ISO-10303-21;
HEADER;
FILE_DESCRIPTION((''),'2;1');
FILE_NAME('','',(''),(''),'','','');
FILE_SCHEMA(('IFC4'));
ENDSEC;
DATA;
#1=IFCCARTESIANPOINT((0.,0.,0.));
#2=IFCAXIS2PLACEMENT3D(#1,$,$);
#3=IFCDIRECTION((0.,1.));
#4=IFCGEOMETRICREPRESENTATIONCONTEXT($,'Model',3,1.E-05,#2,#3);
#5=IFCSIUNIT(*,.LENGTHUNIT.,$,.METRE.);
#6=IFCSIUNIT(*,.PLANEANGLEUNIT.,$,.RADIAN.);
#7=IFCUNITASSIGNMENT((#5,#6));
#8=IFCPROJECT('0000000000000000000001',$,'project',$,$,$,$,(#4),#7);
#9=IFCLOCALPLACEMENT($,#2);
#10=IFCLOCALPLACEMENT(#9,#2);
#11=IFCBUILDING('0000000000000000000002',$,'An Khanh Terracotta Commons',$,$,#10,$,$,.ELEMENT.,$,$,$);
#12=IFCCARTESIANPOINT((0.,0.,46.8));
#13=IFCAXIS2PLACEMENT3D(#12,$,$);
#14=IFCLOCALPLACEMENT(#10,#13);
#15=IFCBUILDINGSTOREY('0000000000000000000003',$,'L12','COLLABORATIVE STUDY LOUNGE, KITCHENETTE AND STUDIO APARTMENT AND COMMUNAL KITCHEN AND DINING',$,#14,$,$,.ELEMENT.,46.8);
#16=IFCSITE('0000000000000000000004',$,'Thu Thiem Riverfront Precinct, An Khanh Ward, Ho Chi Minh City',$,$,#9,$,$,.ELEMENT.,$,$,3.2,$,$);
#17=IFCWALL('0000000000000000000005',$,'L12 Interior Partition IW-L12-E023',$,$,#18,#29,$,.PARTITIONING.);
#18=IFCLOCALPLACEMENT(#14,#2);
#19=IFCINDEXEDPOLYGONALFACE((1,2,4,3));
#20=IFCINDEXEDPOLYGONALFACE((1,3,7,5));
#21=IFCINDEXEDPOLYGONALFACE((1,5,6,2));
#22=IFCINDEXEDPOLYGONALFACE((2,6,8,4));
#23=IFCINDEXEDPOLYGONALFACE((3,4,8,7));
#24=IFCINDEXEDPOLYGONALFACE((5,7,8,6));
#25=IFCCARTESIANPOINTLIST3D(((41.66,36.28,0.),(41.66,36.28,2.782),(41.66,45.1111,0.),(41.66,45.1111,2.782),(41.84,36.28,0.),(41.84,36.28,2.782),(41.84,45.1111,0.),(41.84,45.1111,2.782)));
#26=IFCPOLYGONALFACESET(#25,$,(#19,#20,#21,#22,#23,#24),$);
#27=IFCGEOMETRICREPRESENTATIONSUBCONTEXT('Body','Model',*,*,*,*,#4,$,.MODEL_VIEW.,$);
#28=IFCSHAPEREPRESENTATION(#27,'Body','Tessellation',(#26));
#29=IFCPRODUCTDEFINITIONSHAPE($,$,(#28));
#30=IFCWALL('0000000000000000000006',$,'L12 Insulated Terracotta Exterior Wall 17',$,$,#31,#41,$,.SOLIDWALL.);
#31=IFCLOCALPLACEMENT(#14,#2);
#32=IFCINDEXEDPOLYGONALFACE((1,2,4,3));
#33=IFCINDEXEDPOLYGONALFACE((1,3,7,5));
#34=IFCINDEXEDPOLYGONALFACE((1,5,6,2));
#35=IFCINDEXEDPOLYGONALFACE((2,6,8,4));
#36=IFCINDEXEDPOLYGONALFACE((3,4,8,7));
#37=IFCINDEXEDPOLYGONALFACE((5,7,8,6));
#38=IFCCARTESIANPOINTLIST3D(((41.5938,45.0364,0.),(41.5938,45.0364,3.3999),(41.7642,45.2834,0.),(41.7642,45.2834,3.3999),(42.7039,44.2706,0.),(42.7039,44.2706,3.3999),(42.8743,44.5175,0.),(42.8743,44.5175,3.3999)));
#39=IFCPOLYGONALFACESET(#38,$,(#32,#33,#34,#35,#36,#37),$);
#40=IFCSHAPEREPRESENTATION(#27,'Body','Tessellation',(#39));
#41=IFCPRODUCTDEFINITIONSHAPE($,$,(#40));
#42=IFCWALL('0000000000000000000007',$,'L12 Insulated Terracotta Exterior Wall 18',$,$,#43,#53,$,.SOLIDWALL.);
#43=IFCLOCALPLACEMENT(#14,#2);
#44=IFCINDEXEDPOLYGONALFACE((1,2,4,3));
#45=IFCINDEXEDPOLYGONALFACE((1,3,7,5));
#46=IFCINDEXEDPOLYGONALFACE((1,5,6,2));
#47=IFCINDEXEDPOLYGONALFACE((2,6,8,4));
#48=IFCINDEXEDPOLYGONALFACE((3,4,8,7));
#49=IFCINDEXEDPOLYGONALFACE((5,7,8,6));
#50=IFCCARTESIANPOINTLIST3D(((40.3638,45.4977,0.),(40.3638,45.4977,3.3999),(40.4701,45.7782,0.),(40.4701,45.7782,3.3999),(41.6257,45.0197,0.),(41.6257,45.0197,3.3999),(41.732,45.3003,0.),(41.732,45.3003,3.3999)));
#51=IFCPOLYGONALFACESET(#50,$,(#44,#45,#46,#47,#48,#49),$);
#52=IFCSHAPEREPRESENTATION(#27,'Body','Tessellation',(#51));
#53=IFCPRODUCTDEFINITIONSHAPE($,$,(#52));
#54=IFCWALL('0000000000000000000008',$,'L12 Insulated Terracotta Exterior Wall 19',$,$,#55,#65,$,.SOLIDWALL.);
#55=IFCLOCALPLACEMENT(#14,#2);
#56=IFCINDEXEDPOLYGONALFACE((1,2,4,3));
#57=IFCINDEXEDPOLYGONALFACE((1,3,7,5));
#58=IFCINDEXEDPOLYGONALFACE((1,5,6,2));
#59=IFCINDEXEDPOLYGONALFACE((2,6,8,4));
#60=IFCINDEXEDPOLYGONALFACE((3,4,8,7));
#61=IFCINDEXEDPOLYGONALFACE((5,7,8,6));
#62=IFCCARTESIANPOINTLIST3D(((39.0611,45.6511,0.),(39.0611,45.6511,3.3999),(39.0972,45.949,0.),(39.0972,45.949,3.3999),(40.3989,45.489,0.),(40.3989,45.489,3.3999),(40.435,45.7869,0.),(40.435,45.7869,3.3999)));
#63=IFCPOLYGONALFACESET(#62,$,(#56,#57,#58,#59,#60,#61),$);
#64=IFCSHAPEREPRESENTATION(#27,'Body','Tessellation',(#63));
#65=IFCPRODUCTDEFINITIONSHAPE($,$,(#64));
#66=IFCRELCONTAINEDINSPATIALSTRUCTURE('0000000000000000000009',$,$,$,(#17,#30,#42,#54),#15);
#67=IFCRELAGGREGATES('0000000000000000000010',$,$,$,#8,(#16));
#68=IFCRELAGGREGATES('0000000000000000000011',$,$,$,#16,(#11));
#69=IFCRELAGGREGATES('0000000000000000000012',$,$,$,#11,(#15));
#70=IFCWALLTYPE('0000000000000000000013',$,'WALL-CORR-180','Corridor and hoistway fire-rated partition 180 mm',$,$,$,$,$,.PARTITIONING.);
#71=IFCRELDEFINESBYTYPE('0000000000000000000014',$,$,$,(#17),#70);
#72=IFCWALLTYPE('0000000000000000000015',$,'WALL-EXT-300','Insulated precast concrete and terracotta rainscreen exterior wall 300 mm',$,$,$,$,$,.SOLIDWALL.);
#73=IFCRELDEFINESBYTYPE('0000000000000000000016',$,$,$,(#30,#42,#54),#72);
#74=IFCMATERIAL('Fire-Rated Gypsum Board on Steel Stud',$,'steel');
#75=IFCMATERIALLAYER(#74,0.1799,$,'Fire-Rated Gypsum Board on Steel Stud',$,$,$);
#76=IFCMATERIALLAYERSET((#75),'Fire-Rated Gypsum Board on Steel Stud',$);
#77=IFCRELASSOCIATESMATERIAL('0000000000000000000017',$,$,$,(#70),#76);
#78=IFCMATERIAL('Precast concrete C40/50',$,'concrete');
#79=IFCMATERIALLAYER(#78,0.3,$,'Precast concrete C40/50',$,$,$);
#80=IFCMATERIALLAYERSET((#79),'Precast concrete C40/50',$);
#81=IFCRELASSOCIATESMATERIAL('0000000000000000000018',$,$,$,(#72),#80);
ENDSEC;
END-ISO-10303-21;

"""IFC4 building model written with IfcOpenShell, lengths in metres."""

from ifc_helpers import new_model, si_unit, direction, frame, frame_2d, origin, place, context, subcontext, project, spatial, rectangle, extrude, material, layer, layer_set, type_object, element, save


model = new_model("IFC4")

# Units and contexts
model_context = context("Model", 3, precision=1e-05, world=origin(), true_north=direction((0.0, 1.0)))
body_context = subcontext(model_context, "Body", "Model", "MODEL_VIEW")
ifc_project = project(units=[si_unit("LENGTHUNIT", "METRE"), si_unit("PLANEANGLEUNIT", "RADIAN")], contexts=[model_context])

# Site, building, storey
site_placement = place(None, origin())
site = spatial("IfcSite", under=ifc_project, at=site_placement, Name="Thu Thiem Riverfront Precinct, An Khanh Ward, Ho Chi Minh City", CompositionType="ELEMENT", RefElevation=3.2)
building_placement = place(site_placement, origin())
building = spatial("IfcBuilding", under=site, at=building_placement, Name="An Khanh Terracotta Commons", CompositionType="ELEMENT")
storey_placement = place(building_placement, frame((0.0, 0.0, 46.8)))
storey = spatial("IfcBuildingStorey", under=building, at=storey_placement, Name="L12", Description="COLLABORATIVE STUDY LOUNGE, KITCHENETTE AND STUDIO APARTMENT AND COMMUNAL KITCHEN AND DINING", CompositionType="ELEMENT", Elevation=46.8)

# Shared definitions
ifc_material_1 = material(Name="Fire-Rated Gypsum Board on Steel Stud", Category="steel")
ifc_layer_1 = layer(ifc_material_1, 0.1799, Name="Fire-Rated Gypsum Board on Steel Stud")
ifc_layer_set_1 = layer_set([ifc_layer_1], Name="Fire-Rated Gypsum Board on Steel Stud")
wall_type_1 = type_object("IfcWallType", Name="WALL-CORR-180", Description="Corridor and hoistway fire-rated partition 180 mm", PredefinedType="PARTITIONING", material=ifc_layer_set_1)

# Walls
wall_1_placement = place(storey_placement, frame((41.75, 36.28, 0.0), z_axis=(0.0, 0.0, 1.0), x_axis=(0.0, 1.0, 0.0)))
element("IfcWall", 1, at=wall_1_placement, inside=storey, type_object=wall_type_1, Name="L12 Interior Partition IW-L12-E023", PredefinedType="PARTITIONING", context=body_context, shape_type="SweptSolid", body=[
    extrude(rectangle(XDim=8.8311, YDim=0.1799, at=frame_2d((4.4155, 0.0))), origin(), (0.0, 0.0, 1.0), 2.782),
])
ifc_material_2 = material(Name="Precast concrete C40/50", Category="concrete")
ifc_layer_2 = layer(ifc_material_2, 0.3, Name="Precast concrete C40/50")
ifc_layer_set_2 = layer_set([ifc_layer_2], Name="Precast concrete C40/50")
wall_type_2 = type_object("IfcWallType", Name="WALL-EXT-300", Description="Insulated precast concrete and terracotta rainscreen exterior wall 300 mm", PredefinedType="SOLIDWALL", material=ifc_layer_set_2)
wall_2_placement = place(storey_placement, frame((42.7891, 44.394, 0.0), z_axis=(0.0, 0.0, 1.0), x_axis=(-0.823117, 0.567873, 0.0)))
element("IfcWall", 2, at=wall_2_placement, inside=storey, type_object=wall_type_2, Name="L12 Insulated Terracotta Exterior Wall 17", PredefinedType="SOLIDWALL", context=body_context, shape_type="SweptSolid", body=[
    extrude(rectangle(XDim=1.3486, YDim=0.3, at=frame_2d((0.6743, 0.0))), origin(), (0.0, 0.0, 1.0), 3.3999),
])
wall_3_placement = place(storey_placement, frame((41.679, 45.1599, 0.0), z_axis=(0.0, 0.0, 1.0), x_axis=(-0.935157, 0.354234, 0.0)))
element("IfcWall", 3, at=wall_3_placement, inside=storey, type_object=wall_type_2, Name="L12 Insulated Terracotta Exterior Wall 18", PredefinedType="SOLIDWALL", context=body_context, shape_type="SweptSolid", body=[
    extrude(rectangle(XDim=1.3494, YDim=0.3, at=frame_2d((0.6748, 0.0))), origin(), (0.0, 0.0, 1.0), 3.3999),
])
wall_4_placement = place(storey_placement, frame((40.417, 45.6379, 0.0), z_axis=(0.0, 0.0, 1.0), x_axis=(-0.992739, 0.120288, 0.0)))
element("IfcWall", 4, at=wall_4_placement, inside=storey, type_object=wall_type_2, Name="L12 Insulated Terracotta Exterior Wall 19", PredefinedType="SOLIDWALL", context=body_context, shape_type="SweptSolid", body=[
    extrude(rectangle(XDim=1.3477, YDim=0.3, at=frame_2d((0.6738, 0.0))), origin(), (0.0, 0.0, 1.0), 3.3999),
])

save(model, "model.ifc")
